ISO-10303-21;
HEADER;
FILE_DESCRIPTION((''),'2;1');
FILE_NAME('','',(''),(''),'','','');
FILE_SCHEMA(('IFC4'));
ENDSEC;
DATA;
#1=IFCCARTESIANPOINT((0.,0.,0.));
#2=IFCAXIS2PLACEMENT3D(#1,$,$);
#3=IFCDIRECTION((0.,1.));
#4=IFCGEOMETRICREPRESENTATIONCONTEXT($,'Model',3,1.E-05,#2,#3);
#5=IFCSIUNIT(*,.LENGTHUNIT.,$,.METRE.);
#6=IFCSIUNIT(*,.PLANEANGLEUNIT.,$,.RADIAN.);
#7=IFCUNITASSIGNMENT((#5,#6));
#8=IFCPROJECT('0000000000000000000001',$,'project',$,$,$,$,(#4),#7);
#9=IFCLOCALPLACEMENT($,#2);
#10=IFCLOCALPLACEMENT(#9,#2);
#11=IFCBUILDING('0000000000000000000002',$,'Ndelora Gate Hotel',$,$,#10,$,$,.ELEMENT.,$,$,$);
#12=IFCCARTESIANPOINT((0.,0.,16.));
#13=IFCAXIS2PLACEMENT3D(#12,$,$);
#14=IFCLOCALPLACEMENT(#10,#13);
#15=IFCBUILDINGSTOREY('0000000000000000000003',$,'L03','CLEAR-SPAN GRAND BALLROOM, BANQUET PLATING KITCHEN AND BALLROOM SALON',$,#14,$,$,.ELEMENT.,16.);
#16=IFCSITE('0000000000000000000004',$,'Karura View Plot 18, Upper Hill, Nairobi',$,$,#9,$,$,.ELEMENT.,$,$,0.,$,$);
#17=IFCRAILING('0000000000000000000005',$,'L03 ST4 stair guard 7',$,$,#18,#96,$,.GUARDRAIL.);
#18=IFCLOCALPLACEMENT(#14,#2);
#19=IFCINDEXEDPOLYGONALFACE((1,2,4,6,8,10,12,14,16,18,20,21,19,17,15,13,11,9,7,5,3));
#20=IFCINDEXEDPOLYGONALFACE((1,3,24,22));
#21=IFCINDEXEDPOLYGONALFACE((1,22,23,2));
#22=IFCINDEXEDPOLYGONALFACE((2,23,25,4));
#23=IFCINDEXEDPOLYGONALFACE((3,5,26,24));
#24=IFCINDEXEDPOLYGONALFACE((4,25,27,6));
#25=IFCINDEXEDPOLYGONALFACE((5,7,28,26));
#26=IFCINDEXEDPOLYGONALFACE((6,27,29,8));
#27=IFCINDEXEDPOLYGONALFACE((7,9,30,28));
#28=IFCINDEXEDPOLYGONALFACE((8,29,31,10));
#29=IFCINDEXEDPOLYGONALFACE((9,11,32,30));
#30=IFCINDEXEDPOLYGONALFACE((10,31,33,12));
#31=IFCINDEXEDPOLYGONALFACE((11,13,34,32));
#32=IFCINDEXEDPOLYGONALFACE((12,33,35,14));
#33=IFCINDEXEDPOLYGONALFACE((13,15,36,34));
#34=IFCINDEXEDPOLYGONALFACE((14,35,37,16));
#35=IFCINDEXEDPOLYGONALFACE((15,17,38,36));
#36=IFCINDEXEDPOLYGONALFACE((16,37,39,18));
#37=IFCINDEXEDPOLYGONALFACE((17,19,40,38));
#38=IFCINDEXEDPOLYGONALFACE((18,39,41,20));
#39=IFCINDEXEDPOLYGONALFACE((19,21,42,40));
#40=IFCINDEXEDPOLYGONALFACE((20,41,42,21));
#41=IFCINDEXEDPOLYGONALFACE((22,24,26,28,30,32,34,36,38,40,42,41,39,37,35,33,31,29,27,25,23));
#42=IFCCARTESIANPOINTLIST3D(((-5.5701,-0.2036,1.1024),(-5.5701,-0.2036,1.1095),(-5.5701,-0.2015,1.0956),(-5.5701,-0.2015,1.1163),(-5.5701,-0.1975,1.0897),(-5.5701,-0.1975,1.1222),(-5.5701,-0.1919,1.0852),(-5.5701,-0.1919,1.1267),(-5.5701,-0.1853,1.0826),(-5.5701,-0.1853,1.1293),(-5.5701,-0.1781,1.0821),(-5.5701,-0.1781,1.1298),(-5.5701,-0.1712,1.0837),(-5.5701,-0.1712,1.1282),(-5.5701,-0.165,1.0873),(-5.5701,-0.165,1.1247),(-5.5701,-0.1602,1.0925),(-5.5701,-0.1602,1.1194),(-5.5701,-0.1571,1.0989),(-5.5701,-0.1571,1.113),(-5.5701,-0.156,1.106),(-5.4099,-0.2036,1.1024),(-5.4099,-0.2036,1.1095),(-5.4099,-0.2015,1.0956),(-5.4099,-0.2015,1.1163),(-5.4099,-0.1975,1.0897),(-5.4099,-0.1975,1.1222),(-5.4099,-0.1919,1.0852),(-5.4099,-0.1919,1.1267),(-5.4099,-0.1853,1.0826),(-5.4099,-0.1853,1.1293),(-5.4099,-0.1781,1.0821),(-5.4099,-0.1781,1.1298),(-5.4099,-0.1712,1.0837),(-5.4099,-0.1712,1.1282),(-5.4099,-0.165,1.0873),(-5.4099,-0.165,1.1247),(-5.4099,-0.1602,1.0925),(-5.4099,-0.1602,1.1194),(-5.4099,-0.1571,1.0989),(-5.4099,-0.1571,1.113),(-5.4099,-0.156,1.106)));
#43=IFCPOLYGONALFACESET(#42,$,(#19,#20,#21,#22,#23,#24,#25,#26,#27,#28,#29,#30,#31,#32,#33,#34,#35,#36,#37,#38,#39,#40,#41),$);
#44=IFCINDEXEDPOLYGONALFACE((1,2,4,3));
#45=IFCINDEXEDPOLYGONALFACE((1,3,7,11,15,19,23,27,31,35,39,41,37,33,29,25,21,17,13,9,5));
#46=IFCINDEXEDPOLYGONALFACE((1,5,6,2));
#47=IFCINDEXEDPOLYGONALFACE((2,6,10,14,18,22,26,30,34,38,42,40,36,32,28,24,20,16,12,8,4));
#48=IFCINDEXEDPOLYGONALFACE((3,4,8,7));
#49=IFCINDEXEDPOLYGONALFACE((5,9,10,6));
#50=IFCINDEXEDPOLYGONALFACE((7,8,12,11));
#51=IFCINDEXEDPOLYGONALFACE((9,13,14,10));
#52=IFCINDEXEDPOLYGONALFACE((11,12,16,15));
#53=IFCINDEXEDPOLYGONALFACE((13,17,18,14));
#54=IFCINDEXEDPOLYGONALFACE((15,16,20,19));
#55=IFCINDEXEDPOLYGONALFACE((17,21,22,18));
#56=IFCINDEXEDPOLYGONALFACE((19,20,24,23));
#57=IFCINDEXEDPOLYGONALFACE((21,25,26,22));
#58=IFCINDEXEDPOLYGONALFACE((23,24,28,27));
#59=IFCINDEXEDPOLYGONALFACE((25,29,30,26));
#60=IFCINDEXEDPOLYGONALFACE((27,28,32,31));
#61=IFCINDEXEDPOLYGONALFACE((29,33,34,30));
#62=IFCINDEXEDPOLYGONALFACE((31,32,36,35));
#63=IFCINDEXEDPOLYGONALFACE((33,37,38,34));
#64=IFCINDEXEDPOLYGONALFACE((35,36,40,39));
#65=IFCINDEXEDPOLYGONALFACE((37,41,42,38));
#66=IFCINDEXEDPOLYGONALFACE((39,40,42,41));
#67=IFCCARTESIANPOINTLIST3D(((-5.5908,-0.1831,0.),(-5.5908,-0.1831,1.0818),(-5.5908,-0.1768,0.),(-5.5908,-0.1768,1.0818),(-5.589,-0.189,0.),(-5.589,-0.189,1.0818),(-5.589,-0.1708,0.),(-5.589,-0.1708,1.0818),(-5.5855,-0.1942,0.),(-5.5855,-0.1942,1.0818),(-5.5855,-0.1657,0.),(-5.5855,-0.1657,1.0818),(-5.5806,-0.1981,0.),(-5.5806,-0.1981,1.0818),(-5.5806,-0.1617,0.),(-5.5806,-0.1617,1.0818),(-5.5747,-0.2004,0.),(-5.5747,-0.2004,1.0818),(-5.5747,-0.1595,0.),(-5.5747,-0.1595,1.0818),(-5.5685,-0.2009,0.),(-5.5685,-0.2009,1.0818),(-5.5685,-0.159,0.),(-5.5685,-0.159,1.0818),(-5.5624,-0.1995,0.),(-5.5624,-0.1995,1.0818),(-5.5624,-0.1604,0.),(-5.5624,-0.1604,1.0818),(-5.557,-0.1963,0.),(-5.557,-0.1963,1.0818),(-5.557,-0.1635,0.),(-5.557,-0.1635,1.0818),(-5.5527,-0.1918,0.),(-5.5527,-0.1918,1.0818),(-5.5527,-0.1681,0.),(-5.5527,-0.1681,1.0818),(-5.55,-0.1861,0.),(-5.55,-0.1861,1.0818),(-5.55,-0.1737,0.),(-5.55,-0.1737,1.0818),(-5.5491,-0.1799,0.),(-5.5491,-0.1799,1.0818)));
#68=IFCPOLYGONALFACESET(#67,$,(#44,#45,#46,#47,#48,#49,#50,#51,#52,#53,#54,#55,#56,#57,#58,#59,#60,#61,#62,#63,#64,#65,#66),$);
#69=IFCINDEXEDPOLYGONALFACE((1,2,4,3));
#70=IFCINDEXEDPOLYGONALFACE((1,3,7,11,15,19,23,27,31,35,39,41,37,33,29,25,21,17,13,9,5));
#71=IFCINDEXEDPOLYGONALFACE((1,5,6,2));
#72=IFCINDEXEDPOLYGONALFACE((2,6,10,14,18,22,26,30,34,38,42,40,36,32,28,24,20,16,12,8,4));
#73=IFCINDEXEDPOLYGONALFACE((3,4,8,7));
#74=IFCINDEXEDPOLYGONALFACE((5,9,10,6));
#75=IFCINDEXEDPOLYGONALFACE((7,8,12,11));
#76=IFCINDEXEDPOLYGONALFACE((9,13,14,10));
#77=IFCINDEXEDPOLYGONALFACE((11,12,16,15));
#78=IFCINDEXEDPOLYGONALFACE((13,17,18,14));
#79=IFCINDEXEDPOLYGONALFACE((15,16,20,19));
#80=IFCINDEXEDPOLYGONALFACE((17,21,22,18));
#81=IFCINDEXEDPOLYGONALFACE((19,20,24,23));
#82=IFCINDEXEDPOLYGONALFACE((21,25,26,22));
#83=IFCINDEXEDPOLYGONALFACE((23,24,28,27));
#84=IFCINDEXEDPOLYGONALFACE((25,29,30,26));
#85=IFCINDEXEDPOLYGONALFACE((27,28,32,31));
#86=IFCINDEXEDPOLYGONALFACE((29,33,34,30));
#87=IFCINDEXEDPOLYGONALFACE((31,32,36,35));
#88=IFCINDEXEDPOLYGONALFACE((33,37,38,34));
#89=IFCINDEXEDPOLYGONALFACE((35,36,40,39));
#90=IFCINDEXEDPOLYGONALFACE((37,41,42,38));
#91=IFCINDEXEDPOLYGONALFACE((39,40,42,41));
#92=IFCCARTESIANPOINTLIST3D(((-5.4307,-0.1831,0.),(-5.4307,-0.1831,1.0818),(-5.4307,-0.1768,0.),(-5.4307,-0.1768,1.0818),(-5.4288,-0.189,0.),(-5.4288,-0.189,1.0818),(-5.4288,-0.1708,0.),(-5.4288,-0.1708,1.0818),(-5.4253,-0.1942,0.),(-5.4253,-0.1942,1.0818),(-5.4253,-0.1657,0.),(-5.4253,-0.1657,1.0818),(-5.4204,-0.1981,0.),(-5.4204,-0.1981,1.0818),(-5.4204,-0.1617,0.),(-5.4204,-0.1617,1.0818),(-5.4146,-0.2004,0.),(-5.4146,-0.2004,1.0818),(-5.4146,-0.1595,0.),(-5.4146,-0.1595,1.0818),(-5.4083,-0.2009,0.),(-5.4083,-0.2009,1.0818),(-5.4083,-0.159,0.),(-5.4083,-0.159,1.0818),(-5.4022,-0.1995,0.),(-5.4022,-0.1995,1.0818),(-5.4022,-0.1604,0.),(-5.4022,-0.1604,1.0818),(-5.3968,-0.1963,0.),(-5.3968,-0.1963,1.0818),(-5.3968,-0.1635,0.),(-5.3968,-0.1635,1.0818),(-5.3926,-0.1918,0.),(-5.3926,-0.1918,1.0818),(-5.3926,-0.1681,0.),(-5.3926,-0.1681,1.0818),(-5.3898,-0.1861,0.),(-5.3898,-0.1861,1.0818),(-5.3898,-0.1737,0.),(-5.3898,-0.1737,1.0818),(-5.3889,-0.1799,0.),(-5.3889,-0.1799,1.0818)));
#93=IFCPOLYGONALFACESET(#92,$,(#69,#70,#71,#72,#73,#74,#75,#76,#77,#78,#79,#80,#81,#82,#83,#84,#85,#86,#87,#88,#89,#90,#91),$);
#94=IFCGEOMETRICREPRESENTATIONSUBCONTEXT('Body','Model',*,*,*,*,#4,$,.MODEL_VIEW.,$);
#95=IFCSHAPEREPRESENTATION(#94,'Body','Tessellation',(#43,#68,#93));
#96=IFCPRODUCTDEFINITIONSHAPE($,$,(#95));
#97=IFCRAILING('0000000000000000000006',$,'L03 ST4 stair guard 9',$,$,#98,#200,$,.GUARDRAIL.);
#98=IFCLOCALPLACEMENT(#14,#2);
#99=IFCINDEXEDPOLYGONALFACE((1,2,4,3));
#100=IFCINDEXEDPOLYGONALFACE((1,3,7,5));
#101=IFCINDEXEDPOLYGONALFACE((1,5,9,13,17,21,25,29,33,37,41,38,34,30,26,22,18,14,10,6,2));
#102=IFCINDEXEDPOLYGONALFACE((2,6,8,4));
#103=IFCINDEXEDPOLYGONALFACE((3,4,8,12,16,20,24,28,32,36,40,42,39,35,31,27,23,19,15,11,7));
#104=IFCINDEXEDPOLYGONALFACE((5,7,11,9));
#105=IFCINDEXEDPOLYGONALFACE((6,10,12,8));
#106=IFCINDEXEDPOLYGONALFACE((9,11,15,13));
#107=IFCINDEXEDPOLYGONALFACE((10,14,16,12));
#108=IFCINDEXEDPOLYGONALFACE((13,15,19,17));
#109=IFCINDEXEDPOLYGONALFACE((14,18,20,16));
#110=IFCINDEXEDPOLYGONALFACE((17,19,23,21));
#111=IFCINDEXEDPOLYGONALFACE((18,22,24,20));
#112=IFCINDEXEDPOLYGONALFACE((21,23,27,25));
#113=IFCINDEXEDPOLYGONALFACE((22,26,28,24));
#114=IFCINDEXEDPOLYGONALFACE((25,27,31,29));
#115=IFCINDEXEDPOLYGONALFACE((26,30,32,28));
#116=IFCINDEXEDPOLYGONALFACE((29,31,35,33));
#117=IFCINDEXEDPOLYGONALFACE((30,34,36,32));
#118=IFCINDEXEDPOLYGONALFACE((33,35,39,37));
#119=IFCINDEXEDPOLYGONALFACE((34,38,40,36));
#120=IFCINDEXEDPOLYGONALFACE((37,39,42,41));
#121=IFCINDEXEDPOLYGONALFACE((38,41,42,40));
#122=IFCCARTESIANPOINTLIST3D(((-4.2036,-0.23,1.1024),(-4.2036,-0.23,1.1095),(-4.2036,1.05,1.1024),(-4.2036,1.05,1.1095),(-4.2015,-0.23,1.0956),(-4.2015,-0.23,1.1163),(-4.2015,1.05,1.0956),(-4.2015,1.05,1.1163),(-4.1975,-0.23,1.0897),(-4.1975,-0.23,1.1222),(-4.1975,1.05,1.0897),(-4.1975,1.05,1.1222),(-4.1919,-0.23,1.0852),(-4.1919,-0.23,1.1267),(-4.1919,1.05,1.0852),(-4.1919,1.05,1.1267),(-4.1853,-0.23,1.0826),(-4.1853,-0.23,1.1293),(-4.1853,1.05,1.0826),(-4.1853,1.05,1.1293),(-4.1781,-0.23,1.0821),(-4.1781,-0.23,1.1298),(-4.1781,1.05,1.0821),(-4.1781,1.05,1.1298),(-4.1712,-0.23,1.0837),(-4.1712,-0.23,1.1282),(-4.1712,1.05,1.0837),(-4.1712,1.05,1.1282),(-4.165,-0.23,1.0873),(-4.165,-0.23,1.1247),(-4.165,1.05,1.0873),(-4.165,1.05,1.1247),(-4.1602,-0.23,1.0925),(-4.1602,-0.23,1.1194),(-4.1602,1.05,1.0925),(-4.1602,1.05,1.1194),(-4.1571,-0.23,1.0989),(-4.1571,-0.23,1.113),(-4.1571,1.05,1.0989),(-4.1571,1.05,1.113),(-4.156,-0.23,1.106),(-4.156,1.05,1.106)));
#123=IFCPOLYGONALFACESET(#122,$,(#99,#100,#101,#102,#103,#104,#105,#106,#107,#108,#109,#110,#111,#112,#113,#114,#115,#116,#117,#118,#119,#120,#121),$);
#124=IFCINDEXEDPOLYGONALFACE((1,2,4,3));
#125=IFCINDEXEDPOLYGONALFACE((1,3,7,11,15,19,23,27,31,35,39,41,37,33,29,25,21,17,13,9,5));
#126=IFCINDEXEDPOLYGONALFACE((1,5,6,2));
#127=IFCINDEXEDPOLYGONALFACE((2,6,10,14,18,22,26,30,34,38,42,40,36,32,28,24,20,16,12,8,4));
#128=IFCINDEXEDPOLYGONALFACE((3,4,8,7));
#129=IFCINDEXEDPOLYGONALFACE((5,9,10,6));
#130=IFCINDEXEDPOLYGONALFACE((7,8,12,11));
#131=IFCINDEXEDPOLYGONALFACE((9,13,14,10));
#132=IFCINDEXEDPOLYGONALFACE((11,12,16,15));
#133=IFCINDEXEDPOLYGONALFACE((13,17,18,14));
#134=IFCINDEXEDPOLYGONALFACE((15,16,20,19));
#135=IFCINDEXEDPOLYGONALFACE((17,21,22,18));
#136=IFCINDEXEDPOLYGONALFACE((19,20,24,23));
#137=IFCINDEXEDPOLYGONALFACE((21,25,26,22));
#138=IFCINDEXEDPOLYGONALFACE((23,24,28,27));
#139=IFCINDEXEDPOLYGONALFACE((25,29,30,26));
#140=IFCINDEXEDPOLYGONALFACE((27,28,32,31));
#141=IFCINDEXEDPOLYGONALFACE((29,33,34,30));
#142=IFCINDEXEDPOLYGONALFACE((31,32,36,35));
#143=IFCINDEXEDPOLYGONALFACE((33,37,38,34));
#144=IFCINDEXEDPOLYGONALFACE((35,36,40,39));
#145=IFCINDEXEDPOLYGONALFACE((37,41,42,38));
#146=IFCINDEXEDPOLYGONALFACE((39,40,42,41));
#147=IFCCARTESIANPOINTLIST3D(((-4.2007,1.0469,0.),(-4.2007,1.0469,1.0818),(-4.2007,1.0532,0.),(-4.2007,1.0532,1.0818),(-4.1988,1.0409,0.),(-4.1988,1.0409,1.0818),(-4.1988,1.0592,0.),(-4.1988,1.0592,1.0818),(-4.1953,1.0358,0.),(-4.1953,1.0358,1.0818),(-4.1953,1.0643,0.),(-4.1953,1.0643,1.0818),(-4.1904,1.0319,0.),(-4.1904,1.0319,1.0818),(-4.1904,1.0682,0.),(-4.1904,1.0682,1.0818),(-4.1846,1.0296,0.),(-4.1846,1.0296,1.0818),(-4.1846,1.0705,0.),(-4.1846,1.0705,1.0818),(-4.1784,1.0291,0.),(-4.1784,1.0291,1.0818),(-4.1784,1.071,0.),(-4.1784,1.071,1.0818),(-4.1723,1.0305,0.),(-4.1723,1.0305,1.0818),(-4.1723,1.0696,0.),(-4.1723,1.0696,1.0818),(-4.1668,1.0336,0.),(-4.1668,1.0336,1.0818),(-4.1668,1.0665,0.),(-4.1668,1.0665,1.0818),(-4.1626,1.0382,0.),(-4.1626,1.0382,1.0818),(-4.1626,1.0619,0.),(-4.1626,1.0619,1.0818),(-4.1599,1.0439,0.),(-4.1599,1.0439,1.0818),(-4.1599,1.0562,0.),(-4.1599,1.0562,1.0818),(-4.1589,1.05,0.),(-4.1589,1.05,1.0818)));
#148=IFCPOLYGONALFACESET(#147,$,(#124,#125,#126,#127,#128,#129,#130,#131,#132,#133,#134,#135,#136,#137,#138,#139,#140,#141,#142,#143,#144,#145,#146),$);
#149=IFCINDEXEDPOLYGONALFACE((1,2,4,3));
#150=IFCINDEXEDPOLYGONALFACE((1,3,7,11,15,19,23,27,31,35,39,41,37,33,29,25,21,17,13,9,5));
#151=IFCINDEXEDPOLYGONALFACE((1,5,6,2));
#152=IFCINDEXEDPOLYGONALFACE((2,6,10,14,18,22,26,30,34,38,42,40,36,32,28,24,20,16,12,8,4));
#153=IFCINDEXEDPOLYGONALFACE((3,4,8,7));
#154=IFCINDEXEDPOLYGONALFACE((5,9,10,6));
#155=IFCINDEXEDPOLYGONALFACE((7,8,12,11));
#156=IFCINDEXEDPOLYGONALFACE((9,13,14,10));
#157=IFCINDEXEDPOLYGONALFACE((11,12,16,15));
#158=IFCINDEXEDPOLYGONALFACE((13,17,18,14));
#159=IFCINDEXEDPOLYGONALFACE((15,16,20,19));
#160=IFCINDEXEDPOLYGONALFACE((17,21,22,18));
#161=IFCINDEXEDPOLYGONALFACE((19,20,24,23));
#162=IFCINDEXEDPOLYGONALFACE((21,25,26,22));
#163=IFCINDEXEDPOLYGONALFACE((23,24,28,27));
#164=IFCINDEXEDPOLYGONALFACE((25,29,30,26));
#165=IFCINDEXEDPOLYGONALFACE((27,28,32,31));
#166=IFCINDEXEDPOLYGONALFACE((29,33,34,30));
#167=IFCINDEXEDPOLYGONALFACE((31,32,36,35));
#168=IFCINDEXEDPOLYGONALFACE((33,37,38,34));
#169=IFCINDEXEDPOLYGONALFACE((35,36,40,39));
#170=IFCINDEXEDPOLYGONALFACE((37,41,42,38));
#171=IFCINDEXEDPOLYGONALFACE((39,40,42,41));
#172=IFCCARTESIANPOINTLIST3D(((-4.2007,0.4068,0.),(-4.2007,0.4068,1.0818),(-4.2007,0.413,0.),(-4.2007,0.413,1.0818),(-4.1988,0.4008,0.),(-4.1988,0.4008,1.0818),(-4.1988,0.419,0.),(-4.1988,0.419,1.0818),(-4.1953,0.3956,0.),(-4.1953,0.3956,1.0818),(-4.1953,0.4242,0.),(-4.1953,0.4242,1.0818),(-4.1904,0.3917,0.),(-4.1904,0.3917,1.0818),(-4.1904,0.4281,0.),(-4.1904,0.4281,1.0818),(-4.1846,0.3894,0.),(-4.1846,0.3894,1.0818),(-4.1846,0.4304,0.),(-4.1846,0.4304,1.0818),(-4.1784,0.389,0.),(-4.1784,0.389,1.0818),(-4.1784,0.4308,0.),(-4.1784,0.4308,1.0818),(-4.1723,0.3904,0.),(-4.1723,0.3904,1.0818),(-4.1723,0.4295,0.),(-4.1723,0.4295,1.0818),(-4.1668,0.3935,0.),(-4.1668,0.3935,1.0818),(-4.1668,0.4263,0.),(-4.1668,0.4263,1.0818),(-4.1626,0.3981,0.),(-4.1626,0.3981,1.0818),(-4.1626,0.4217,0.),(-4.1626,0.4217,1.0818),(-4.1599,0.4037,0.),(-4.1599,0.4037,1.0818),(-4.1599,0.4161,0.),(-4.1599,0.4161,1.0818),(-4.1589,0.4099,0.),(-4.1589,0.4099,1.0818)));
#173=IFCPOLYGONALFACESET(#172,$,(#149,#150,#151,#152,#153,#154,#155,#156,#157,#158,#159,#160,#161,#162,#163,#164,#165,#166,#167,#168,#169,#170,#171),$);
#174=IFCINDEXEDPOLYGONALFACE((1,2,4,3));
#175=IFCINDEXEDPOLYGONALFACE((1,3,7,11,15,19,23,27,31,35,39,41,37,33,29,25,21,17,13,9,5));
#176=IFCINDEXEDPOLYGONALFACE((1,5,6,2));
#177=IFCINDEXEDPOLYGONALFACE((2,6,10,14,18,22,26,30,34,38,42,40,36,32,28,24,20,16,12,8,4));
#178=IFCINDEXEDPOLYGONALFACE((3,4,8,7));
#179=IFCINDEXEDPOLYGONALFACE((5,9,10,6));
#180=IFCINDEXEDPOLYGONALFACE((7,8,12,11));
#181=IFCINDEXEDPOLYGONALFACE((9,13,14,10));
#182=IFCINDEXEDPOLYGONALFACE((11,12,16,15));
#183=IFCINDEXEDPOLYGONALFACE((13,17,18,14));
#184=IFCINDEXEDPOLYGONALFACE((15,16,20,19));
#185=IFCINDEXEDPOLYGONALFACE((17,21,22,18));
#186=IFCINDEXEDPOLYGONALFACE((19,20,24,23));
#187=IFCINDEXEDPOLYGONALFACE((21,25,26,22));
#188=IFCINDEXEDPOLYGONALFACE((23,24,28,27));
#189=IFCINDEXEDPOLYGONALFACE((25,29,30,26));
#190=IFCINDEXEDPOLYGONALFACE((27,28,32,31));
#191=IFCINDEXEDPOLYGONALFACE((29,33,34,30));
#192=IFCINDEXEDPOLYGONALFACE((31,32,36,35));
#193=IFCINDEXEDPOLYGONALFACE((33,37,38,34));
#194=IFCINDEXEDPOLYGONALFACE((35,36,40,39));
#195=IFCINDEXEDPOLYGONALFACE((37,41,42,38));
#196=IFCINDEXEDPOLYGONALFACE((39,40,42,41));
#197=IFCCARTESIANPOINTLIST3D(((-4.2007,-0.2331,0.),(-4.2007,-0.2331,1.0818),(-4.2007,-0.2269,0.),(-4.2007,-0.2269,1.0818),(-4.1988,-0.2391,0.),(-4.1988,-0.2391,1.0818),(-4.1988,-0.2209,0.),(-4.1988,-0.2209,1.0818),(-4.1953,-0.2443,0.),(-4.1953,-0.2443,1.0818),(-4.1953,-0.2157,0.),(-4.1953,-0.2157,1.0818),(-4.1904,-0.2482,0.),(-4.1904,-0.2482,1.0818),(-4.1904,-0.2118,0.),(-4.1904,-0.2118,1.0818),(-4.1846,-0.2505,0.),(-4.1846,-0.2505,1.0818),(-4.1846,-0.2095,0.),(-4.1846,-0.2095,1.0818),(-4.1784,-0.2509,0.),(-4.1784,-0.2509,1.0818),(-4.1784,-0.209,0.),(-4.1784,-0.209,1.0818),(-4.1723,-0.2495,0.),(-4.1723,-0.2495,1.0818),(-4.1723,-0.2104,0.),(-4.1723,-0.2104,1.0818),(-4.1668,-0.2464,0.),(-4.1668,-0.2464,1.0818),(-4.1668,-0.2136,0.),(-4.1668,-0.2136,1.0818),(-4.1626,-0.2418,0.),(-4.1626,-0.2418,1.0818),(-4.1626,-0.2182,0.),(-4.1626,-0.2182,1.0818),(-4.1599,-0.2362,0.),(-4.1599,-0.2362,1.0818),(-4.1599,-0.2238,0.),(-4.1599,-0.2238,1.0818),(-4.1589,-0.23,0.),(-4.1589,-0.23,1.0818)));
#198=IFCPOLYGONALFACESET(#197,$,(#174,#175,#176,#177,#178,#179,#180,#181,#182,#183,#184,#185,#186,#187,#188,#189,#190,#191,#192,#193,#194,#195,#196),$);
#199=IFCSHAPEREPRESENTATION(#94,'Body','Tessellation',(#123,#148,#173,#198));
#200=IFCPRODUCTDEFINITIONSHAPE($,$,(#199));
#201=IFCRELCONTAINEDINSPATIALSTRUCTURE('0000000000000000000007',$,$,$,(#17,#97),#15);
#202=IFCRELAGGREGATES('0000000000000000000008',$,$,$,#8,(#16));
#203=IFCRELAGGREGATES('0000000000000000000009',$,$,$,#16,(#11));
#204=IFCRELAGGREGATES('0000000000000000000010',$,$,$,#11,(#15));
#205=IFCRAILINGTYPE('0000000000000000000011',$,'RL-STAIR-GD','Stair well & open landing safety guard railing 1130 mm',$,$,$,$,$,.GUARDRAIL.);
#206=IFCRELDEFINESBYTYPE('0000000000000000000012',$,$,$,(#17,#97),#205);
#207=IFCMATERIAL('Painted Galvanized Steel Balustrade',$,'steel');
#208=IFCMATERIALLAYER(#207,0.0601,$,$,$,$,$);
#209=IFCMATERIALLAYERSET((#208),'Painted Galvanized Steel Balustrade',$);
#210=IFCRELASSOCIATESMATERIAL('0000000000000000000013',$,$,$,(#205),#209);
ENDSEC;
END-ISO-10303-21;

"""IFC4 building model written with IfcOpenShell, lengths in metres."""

from ifc_helpers import new_model, si_unit, direction, frame, origin, origin_2d, place, context, subcontext, project, spatial, circle, extrude, material, layer, layer_set, type_object, element, save


model = new_model("IFC4")

# Units and contexts
model_context = context("Model", 3, precision=1e-05, world=origin(), true_north=direction((0.0, 1.0)))
body_context = subcontext(model_context, "Body", "Model", "MODEL_VIEW")
ifc_project = project(units=[si_unit("LENGTHUNIT", "METRE"), si_unit("PLANEANGLEUNIT", "RADIAN")], contexts=[model_context])

# Site, building, storey
site_placement = place(None, origin())
site = spatial("IfcSite", under=ifc_project, at=site_placement, Name="Karura View Plot 18, Upper Hill, Nairobi", CompositionType="ELEMENT", RefElevation=0.0)
building_placement = place(site_placement, origin())
building = spatial("IfcBuilding", under=site, at=building_placement, Name="Ndelora Gate Hotel", CompositionType="ELEMENT")
storey_placement = place(building_placement, frame((0.0, 0.0, 16.0)))
storey = spatial("IfcBuildingStorey", under=building, at=storey_placement, Name="L03", Description="CLEAR-SPAN GRAND BALLROOM, BANQUET PLATING KITCHEN AND BALLROOM SALON", CompositionType="ELEMENT", Elevation=16.0)

# Railings
ifc_material_1 = material(Name="Painted Galvanized Steel Balustrade", Category="steel")
ifc_layer_1 = layer(ifc_material_1, 0.0601)
ifc_layer_set_1 = layer_set([ifc_layer_1], Name="Painted Galvanized Steel Balustrade")
railing_type_1 = type_object("IfcRailingType", Name="RL-STAIR-GD", Description="Stair well & open landing safety guard railing 1130 mm", PredefinedType="GUARDRAIL", material=ifc_layer_set_1)
railing_1_placement = place(storey_placement, frame((-5.5701, -0.1799, 0.0)))
element("IfcRailing", 1, at=railing_1_placement, inside=storey, type_object=railing_type_1, Name="L03 ST4 stair guard 7", PredefinedType="GUARDRAIL", context=body_context, shape_type="SweptSolid", body=[
    extrude(circle(Radius=0.0239, at=origin_2d()), frame((0.0, 0.0, 1.106), z_axis=(1.0, 0.0, 0.0), x_axis=(0.0, 1.0, 0.0)), (0.0, 0.0, 1.0), 0.1602),
    extrude(circle(Radius=0.021, at=origin_2d()), origin(), (0.0, 0.0, 1.0), 1.0818),
    extrude(circle(Radius=0.021, at=origin_2d()), frame((0.1602, 0.0, 0.0)), (0.0, 0.0, 1.0), 1.0818),
])
railing_2_placement = place(storey_placement, frame((-4.1799, 1.05, 0.0)))
element("IfcRailing", 2, at=railing_2_placement, inside=storey, type_object=railing_type_1, Name="L03 ST4 stair guard 9", PredefinedType="GUARDRAIL", context=body_context, shape_type="SweptSolid", body=[
    extrude(circle(Radius=0.0239, at=origin_2d()), frame((0.0, 0.0, 1.106), z_axis=(0.0, -1.0, 0.0), x_axis=(1.0, 0.0, 0.0)), (0.0, 0.0, 1.0), 1.28),
    extrude(circle(Radius=0.021, at=origin_2d()), origin(), (0.0, 0.0, 1.0), 1.0818),
    extrude(circle(Radius=0.021, at=origin_2d()), frame((0.0, -0.6401, 0.0)), (0.0, 0.0, 1.0), 1.0818),
    extrude(circle(Radius=0.021, at=origin_2d()), frame((0.0, -1.28, 0.0)), (0.0, 0.0, 1.0), 1.0818),
])

save(model, "model.ifc")
